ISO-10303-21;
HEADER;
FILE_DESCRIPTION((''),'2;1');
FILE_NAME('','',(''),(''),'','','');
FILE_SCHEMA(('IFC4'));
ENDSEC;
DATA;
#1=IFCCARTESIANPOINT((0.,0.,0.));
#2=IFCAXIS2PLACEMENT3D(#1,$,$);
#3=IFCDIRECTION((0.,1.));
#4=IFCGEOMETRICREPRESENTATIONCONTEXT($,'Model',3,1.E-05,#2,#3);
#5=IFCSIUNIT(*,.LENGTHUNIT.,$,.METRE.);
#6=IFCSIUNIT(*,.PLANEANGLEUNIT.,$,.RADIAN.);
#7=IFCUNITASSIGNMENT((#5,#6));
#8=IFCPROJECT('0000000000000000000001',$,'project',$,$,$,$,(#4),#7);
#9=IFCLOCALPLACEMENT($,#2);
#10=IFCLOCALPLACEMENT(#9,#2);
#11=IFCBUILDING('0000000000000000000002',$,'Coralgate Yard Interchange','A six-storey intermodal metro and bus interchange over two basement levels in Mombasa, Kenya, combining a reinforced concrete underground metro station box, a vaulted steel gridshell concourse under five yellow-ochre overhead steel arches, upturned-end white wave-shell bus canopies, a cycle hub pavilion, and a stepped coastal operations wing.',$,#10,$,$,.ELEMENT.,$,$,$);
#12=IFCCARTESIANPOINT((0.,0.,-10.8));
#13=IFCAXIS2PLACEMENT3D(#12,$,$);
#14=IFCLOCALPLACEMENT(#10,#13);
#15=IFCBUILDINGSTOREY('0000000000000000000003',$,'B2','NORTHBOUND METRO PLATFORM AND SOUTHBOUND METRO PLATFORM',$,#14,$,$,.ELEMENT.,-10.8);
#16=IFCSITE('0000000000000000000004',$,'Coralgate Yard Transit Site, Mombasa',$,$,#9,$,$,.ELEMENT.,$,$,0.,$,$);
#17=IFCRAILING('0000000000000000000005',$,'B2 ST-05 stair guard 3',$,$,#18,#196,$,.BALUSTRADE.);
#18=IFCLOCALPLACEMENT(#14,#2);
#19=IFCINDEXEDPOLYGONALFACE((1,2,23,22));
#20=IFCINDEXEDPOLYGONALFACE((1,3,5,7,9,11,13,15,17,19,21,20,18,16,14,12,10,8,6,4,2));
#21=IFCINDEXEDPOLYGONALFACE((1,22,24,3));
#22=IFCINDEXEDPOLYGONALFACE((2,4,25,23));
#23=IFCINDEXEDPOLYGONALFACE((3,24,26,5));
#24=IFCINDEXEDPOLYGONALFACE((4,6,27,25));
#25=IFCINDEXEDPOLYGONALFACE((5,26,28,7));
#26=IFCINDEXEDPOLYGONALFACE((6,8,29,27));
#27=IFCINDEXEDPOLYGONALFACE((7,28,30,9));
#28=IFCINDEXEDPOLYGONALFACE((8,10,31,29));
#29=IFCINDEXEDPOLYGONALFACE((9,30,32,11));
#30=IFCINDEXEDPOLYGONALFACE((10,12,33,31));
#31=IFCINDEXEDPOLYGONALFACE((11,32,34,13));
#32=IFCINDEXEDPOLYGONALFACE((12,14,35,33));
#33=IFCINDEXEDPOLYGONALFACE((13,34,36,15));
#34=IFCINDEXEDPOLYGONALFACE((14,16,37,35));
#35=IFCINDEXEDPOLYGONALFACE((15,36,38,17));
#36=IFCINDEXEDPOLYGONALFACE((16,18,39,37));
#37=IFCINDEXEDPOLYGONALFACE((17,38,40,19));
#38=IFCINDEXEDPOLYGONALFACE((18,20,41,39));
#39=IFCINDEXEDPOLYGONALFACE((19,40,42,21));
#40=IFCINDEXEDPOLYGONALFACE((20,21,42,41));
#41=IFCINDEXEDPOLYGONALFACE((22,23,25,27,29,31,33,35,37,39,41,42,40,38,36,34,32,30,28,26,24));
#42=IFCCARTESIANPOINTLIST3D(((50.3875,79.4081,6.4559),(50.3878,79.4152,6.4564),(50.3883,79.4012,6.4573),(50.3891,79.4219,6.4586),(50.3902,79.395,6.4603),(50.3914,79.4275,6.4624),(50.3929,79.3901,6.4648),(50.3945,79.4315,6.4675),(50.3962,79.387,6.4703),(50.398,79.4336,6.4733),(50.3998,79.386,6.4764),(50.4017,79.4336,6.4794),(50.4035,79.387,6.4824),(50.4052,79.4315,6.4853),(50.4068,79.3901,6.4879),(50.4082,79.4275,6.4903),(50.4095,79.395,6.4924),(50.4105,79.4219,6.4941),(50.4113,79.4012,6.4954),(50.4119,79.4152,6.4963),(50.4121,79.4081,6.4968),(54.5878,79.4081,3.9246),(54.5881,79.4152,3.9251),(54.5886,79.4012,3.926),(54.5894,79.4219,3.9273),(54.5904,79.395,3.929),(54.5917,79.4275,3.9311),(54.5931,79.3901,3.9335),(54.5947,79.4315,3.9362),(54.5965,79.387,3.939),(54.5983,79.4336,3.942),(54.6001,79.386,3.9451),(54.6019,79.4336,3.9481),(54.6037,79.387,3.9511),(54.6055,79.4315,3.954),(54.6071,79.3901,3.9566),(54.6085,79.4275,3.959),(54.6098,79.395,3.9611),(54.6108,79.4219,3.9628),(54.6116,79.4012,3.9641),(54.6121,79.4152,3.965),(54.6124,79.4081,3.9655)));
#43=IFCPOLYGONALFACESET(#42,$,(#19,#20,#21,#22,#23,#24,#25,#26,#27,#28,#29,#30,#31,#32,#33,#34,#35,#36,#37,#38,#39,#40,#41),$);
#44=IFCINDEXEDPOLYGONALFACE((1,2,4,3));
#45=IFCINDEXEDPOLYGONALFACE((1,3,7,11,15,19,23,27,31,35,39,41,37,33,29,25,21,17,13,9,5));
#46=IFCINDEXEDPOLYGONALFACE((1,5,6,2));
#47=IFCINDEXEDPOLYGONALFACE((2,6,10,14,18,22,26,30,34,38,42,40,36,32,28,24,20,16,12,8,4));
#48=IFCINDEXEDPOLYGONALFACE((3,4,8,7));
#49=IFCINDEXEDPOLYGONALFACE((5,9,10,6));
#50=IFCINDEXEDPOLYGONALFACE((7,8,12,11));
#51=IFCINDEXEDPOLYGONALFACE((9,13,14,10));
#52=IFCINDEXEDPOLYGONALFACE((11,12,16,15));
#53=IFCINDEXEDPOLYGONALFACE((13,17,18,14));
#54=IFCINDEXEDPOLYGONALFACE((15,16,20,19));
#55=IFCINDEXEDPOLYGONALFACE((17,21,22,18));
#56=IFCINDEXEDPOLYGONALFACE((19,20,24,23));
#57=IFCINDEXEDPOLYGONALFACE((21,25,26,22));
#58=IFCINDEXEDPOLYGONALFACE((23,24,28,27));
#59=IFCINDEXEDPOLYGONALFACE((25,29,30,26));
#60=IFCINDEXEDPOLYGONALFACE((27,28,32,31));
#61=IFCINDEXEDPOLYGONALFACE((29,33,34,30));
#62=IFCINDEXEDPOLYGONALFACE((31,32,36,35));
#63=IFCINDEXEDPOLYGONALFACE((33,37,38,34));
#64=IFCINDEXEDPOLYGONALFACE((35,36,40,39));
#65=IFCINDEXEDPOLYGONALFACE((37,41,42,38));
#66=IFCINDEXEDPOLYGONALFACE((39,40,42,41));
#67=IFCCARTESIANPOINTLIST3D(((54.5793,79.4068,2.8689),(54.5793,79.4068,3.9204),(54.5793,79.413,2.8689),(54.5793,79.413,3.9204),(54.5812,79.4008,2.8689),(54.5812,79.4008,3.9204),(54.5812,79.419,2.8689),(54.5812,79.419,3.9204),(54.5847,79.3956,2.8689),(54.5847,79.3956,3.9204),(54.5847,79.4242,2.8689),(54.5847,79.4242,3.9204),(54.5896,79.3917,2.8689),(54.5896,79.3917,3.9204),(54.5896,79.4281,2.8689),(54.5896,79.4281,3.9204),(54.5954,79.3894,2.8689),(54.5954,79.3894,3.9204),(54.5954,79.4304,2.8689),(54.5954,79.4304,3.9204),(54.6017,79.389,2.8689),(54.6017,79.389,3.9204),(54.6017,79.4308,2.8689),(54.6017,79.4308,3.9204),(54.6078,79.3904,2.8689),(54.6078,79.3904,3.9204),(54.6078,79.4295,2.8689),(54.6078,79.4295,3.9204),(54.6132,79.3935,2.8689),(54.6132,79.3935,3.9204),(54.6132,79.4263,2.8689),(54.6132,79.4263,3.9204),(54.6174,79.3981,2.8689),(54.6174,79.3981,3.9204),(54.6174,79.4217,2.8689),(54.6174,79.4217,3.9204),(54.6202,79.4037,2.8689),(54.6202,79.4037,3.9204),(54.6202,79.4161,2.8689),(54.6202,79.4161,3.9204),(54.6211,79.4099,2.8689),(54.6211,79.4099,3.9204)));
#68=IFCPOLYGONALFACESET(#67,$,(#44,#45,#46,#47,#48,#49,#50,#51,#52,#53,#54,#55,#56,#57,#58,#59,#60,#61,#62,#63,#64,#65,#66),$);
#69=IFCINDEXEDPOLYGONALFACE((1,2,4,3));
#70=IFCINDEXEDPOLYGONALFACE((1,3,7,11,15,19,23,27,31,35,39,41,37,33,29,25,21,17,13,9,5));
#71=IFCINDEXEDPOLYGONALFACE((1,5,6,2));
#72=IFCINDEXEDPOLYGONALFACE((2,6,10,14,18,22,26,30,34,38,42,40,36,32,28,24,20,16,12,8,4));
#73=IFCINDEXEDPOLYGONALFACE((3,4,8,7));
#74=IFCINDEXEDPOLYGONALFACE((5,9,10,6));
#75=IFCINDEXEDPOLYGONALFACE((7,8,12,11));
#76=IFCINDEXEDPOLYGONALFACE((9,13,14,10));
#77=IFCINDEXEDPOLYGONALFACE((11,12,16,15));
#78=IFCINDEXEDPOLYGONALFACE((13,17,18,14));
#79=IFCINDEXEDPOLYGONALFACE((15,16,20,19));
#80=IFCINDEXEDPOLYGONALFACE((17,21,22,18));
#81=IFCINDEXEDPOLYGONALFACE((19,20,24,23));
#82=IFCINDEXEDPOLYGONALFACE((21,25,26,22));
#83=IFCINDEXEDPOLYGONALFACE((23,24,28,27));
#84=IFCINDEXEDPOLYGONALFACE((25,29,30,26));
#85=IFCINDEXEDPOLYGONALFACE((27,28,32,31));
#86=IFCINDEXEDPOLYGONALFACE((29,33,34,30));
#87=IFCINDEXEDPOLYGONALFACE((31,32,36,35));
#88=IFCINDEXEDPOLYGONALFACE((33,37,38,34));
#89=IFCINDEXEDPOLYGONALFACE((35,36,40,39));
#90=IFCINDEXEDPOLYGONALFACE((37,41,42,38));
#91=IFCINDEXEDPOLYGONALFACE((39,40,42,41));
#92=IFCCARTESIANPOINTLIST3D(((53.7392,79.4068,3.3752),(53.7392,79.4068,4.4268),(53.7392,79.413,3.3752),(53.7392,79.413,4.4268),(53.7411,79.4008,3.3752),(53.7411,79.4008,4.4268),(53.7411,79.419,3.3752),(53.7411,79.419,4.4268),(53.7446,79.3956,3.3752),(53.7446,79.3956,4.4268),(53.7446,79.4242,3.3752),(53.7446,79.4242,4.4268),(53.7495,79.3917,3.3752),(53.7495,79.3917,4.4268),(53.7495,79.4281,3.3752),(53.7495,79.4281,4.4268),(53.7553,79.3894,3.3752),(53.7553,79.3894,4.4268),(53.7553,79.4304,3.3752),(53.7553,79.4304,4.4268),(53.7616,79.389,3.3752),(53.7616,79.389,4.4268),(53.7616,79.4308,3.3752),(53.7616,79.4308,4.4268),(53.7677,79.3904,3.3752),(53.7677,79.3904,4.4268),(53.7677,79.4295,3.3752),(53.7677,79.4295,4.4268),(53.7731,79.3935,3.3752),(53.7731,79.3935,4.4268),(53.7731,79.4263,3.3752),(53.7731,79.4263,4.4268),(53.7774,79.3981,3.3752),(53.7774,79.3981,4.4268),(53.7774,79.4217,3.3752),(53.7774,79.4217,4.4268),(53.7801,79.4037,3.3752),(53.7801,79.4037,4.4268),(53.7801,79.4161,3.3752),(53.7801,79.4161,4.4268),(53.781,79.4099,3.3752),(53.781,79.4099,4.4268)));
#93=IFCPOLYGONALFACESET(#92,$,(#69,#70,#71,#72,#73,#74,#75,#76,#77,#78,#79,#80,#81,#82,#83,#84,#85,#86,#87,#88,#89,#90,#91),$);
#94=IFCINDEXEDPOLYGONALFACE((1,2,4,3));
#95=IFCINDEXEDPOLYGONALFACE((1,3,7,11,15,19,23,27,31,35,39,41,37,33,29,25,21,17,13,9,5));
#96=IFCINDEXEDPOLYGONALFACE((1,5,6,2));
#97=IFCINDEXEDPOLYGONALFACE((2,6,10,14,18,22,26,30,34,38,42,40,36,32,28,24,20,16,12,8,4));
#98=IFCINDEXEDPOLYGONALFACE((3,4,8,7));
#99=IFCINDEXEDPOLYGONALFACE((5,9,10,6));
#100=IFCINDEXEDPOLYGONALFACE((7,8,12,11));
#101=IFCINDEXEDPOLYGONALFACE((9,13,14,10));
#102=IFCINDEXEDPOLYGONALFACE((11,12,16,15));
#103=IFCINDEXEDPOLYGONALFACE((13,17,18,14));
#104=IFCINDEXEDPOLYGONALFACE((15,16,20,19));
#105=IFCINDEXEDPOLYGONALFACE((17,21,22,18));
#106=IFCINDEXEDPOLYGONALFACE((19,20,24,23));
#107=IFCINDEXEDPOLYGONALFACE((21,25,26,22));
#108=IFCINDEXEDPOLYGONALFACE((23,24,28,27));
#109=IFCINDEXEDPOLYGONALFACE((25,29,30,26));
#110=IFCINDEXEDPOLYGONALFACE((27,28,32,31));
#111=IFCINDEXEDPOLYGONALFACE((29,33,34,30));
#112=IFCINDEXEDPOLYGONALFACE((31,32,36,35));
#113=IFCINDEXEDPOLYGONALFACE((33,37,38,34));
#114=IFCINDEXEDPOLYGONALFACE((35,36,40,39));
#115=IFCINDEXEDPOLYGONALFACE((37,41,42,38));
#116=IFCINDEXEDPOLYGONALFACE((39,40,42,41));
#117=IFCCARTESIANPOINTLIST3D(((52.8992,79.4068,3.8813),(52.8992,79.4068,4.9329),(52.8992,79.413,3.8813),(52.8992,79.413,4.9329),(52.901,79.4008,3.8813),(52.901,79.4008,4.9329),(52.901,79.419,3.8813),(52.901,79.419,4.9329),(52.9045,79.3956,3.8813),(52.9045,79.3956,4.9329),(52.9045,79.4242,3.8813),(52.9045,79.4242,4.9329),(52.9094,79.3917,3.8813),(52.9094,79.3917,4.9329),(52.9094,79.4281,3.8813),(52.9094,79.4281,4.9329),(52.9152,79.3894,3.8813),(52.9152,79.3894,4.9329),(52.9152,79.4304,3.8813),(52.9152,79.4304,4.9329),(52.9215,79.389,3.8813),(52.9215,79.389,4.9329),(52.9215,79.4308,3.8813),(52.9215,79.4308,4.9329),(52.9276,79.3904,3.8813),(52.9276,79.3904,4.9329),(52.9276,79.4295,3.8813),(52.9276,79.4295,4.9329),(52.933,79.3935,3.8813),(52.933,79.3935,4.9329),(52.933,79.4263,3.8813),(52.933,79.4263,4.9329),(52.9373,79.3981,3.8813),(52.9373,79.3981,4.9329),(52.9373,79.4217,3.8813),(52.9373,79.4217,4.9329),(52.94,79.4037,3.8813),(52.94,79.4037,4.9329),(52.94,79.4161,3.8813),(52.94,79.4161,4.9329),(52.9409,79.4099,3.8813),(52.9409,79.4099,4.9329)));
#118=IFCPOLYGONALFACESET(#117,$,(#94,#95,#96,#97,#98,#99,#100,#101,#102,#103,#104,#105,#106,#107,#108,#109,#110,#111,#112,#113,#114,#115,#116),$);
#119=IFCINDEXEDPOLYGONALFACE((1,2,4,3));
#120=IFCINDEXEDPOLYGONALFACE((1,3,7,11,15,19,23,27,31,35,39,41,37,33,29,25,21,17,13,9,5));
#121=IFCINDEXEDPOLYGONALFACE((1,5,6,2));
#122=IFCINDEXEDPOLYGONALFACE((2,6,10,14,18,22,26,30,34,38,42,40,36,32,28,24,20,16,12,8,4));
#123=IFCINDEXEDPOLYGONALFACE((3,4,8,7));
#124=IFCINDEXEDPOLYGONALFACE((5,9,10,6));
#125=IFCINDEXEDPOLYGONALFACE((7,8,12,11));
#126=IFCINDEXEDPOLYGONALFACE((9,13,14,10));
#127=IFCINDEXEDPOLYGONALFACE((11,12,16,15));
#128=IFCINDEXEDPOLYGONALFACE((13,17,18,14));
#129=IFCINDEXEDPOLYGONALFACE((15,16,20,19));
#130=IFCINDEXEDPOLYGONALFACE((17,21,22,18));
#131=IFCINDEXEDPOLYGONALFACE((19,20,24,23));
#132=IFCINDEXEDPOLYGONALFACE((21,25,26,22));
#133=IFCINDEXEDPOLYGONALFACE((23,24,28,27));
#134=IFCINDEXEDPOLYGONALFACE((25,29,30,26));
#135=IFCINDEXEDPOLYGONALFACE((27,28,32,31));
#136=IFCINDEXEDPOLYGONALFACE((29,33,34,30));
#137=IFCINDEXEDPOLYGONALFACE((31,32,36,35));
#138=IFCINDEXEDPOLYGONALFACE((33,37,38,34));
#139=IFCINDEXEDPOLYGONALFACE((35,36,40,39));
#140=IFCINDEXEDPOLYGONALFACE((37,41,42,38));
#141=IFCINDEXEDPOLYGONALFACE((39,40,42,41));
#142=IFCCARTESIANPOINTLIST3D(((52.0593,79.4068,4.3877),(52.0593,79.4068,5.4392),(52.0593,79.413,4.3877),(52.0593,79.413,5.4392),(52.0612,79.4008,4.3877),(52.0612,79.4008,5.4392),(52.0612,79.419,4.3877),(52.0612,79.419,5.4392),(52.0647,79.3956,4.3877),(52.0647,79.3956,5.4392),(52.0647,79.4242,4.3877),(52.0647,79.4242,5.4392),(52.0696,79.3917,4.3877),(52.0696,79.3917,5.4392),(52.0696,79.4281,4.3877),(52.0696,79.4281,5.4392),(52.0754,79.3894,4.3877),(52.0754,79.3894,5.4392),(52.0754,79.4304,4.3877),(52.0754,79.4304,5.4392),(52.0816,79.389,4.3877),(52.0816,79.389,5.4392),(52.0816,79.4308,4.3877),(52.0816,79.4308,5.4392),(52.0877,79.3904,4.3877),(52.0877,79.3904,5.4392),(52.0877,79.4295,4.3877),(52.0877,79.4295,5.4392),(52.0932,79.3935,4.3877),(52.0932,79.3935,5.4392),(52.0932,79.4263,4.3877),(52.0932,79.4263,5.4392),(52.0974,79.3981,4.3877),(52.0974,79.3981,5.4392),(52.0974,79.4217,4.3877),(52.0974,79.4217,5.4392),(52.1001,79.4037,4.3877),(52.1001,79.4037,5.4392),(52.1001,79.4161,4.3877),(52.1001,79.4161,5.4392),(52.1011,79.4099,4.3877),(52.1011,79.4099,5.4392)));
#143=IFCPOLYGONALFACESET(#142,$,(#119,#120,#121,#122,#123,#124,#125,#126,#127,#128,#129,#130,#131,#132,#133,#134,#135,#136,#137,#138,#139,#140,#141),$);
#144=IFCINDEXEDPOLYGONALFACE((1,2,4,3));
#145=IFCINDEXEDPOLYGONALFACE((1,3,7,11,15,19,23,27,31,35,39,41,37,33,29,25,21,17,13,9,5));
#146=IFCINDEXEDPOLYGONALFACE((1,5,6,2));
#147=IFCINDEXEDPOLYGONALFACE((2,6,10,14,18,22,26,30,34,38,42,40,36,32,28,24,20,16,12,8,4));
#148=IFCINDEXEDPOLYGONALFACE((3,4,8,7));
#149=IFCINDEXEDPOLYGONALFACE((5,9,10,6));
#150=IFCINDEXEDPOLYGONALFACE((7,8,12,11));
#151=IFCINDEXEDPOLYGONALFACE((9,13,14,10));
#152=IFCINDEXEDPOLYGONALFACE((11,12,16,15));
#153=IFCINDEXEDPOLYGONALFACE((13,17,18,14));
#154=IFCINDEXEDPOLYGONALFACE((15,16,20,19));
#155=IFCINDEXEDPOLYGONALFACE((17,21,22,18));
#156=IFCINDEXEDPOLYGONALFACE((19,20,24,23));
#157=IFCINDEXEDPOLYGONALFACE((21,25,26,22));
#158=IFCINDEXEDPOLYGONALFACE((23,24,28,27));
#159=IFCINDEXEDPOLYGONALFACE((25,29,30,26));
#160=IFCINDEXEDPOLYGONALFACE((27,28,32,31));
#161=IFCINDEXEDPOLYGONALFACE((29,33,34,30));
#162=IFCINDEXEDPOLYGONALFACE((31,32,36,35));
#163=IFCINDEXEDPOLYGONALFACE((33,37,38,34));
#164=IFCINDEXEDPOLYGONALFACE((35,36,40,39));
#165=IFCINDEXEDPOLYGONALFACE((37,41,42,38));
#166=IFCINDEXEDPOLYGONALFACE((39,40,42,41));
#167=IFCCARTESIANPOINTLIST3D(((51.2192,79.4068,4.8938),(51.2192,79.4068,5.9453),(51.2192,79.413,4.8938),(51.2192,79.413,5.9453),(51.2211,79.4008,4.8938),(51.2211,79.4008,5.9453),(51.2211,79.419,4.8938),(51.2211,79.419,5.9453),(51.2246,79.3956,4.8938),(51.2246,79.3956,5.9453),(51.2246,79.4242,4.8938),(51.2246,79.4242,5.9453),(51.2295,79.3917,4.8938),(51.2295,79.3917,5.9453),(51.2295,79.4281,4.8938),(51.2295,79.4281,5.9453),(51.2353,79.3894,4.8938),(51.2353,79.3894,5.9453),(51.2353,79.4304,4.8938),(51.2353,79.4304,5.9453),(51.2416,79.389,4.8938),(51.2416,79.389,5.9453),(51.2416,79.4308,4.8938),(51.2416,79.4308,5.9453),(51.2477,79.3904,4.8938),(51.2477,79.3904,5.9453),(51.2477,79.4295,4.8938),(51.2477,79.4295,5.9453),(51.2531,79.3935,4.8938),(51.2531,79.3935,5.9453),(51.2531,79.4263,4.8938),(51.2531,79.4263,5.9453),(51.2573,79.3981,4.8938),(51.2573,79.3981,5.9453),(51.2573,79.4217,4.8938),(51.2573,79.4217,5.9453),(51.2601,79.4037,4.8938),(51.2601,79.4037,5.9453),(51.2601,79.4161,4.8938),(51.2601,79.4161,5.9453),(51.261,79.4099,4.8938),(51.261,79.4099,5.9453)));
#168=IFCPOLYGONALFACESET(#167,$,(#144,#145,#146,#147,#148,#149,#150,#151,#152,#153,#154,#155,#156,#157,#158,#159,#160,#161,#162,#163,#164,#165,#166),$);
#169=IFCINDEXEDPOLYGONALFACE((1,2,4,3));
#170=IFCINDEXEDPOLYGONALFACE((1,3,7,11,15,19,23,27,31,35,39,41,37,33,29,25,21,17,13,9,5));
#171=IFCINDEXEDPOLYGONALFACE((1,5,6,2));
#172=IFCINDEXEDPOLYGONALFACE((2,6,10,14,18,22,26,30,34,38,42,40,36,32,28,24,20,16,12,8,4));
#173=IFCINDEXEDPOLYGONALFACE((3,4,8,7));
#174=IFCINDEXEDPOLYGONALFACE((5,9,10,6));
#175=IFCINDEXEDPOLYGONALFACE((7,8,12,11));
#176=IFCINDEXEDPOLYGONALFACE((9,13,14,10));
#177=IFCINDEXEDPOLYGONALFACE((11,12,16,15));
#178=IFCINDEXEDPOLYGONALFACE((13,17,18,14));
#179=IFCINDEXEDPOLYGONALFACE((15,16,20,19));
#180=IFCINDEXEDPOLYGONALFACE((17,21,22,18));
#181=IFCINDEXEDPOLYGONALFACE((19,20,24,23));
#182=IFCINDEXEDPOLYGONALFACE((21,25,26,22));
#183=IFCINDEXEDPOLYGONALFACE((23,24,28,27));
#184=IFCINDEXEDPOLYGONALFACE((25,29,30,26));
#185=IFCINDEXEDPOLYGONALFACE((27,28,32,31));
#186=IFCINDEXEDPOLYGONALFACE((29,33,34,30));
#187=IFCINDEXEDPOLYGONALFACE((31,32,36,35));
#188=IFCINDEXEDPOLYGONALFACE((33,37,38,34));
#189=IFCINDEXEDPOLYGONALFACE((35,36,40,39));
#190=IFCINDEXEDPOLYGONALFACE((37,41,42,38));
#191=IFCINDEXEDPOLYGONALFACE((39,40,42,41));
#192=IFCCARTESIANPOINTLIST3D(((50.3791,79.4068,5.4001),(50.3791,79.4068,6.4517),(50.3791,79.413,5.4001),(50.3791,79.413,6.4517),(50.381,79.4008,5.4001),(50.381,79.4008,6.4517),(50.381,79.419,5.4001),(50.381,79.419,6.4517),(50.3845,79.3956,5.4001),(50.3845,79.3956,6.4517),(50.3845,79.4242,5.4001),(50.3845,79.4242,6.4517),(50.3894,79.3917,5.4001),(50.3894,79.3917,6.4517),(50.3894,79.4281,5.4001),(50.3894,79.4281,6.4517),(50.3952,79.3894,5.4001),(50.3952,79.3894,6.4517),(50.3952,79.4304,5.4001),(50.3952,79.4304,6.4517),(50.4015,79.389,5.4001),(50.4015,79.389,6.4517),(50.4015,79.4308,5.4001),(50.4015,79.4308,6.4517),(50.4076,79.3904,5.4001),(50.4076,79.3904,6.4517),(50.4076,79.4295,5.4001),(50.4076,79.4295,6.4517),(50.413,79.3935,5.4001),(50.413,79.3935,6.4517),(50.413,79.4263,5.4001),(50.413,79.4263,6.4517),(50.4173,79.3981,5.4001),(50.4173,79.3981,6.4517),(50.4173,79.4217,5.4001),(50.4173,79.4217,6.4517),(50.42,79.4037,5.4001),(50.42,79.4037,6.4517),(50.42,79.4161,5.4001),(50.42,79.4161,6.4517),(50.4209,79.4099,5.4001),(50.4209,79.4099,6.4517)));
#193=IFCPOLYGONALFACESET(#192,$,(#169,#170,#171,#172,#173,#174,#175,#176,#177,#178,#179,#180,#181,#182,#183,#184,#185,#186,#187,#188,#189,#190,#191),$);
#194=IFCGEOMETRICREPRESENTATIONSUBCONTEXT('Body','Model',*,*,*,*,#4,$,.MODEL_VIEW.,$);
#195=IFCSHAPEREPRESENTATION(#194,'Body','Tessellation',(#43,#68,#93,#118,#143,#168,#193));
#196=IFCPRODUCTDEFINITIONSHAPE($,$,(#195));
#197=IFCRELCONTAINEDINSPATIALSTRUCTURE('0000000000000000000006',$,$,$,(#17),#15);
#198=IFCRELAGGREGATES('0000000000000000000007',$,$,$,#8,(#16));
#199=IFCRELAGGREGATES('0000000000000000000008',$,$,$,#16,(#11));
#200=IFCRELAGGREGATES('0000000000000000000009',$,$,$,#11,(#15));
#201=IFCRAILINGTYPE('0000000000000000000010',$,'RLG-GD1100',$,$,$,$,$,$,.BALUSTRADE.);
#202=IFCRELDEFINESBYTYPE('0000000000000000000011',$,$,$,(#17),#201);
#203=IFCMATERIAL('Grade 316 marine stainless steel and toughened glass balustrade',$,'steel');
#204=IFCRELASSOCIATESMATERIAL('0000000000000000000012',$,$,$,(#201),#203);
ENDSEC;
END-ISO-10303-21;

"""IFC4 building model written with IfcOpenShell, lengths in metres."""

from ifc_helpers import new_model, si_unit, direction, frame, origin, origin_2d, place, context, subcontext, project, spatial, circle, extrude, material, type_object, element, save


model = new_model("IFC4")

# Units and contexts
model_context = context("Model", 3, precision=1e-05, world=origin(), true_north=direction((0.0, 1.0)))
body_context = subcontext(model_context, "Body", "Model", "MODEL_VIEW")
ifc_project = project(units=[si_unit("LENGTHUNIT", "METRE"), si_unit("PLANEANGLEUNIT", "RADIAN")], contexts=[model_context])

# Site, building, storey
site_placement = place(None, origin())
site = spatial("IfcSite", under=ifc_project, at=site_placement, Name="Coralgate Yard Transit Site, Mombasa", CompositionType="ELEMENT", RefElevation=0.0)
building_placement = place(site_placement, origin())
building = spatial("IfcBuilding", under=site, at=building_placement, Name="Coralgate Yard Interchange", Description="A six-storey intermodal metro and bus interchange over two basement levels in Mombasa, Kenya, combining a reinforced concrete underground metro station box, a vaulted steel gridshell concourse under five yellow-ochre overhead steel arches, upturned-end white wave-shell bus canopies, a cycle hub pavilion, and a stepped coastal operations wing.", CompositionType="ELEMENT")
storey_placement = place(building_placement, frame((0.0, 0.0, -10.8)))
storey = spatial("IfcBuildingStorey", under=building, at=storey_placement, Name="B2", Description="NORTHBOUND METRO PLATFORM AND SOUTHBOUND METRO PLATFORM", CompositionType="ELEMENT", Elevation=-10.8)

# Railing
ifc_material_1 = material(Name="Grade 316 marine stainless steel and toughened glass balustrade", Category="steel")
railing_type_1 = type_object("IfcRailingType", Name="RLG-GD1100", PredefinedType="BALUSTRADE", material=ifc_material_1)
railing_1_placement = place(storey_placement, frame((54.6001, 79.4099, 2.8689)))
element("IfcRailing", 1, at=railing_1_placement, inside=storey, type_object=railing_type_1, Name="B2 ST-05 stair guard 3", PredefinedType="BALUSTRADE", context=body_context, shape_type="SweptSolid", body=[
    extrude(circle(Radius=0.0239, at=origin_2d()), frame((0.0, 0.0, 1.0762), z_axis=(-0.85649, 0.0, 0.516164), x_axis=(0.0, -1.0, 0.0)), (0.0, 0.0, 1.0), 4.9041),
    extrude(circle(Radius=0.021, at=origin_2d()), origin(), (0.0, 0.0, 1.0), 1.0515),
    extrude(circle(Radius=0.021, at=origin_2d()), frame((-0.8401, 0.0, 0.5063)), (0.0, 0.0, 1.0), 1.0515),
    extrude(circle(Radius=0.021, at=origin_2d()), frame((-1.6802, 0.0, 1.0125)), (0.0, 0.0, 1.0), 1.0515),
    extrude(circle(Radius=0.021, at=origin_2d()), frame((-2.52, 0.0, 1.5188)), (0.0, 0.0, 1.0), 1.0515),
    extrude(circle(Radius=0.021, at=origin_2d()), frame((-3.3601, 0.0, 2.0249)), (0.0, 0.0, 1.0), 1.0515),
    extrude(circle(Radius=0.021, at=origin_2d()), frame((-4.2002, 0.0, 2.5312)), (0.0, 0.0, 1.0), 1.0515),
])

save(model, "model.ifc")
